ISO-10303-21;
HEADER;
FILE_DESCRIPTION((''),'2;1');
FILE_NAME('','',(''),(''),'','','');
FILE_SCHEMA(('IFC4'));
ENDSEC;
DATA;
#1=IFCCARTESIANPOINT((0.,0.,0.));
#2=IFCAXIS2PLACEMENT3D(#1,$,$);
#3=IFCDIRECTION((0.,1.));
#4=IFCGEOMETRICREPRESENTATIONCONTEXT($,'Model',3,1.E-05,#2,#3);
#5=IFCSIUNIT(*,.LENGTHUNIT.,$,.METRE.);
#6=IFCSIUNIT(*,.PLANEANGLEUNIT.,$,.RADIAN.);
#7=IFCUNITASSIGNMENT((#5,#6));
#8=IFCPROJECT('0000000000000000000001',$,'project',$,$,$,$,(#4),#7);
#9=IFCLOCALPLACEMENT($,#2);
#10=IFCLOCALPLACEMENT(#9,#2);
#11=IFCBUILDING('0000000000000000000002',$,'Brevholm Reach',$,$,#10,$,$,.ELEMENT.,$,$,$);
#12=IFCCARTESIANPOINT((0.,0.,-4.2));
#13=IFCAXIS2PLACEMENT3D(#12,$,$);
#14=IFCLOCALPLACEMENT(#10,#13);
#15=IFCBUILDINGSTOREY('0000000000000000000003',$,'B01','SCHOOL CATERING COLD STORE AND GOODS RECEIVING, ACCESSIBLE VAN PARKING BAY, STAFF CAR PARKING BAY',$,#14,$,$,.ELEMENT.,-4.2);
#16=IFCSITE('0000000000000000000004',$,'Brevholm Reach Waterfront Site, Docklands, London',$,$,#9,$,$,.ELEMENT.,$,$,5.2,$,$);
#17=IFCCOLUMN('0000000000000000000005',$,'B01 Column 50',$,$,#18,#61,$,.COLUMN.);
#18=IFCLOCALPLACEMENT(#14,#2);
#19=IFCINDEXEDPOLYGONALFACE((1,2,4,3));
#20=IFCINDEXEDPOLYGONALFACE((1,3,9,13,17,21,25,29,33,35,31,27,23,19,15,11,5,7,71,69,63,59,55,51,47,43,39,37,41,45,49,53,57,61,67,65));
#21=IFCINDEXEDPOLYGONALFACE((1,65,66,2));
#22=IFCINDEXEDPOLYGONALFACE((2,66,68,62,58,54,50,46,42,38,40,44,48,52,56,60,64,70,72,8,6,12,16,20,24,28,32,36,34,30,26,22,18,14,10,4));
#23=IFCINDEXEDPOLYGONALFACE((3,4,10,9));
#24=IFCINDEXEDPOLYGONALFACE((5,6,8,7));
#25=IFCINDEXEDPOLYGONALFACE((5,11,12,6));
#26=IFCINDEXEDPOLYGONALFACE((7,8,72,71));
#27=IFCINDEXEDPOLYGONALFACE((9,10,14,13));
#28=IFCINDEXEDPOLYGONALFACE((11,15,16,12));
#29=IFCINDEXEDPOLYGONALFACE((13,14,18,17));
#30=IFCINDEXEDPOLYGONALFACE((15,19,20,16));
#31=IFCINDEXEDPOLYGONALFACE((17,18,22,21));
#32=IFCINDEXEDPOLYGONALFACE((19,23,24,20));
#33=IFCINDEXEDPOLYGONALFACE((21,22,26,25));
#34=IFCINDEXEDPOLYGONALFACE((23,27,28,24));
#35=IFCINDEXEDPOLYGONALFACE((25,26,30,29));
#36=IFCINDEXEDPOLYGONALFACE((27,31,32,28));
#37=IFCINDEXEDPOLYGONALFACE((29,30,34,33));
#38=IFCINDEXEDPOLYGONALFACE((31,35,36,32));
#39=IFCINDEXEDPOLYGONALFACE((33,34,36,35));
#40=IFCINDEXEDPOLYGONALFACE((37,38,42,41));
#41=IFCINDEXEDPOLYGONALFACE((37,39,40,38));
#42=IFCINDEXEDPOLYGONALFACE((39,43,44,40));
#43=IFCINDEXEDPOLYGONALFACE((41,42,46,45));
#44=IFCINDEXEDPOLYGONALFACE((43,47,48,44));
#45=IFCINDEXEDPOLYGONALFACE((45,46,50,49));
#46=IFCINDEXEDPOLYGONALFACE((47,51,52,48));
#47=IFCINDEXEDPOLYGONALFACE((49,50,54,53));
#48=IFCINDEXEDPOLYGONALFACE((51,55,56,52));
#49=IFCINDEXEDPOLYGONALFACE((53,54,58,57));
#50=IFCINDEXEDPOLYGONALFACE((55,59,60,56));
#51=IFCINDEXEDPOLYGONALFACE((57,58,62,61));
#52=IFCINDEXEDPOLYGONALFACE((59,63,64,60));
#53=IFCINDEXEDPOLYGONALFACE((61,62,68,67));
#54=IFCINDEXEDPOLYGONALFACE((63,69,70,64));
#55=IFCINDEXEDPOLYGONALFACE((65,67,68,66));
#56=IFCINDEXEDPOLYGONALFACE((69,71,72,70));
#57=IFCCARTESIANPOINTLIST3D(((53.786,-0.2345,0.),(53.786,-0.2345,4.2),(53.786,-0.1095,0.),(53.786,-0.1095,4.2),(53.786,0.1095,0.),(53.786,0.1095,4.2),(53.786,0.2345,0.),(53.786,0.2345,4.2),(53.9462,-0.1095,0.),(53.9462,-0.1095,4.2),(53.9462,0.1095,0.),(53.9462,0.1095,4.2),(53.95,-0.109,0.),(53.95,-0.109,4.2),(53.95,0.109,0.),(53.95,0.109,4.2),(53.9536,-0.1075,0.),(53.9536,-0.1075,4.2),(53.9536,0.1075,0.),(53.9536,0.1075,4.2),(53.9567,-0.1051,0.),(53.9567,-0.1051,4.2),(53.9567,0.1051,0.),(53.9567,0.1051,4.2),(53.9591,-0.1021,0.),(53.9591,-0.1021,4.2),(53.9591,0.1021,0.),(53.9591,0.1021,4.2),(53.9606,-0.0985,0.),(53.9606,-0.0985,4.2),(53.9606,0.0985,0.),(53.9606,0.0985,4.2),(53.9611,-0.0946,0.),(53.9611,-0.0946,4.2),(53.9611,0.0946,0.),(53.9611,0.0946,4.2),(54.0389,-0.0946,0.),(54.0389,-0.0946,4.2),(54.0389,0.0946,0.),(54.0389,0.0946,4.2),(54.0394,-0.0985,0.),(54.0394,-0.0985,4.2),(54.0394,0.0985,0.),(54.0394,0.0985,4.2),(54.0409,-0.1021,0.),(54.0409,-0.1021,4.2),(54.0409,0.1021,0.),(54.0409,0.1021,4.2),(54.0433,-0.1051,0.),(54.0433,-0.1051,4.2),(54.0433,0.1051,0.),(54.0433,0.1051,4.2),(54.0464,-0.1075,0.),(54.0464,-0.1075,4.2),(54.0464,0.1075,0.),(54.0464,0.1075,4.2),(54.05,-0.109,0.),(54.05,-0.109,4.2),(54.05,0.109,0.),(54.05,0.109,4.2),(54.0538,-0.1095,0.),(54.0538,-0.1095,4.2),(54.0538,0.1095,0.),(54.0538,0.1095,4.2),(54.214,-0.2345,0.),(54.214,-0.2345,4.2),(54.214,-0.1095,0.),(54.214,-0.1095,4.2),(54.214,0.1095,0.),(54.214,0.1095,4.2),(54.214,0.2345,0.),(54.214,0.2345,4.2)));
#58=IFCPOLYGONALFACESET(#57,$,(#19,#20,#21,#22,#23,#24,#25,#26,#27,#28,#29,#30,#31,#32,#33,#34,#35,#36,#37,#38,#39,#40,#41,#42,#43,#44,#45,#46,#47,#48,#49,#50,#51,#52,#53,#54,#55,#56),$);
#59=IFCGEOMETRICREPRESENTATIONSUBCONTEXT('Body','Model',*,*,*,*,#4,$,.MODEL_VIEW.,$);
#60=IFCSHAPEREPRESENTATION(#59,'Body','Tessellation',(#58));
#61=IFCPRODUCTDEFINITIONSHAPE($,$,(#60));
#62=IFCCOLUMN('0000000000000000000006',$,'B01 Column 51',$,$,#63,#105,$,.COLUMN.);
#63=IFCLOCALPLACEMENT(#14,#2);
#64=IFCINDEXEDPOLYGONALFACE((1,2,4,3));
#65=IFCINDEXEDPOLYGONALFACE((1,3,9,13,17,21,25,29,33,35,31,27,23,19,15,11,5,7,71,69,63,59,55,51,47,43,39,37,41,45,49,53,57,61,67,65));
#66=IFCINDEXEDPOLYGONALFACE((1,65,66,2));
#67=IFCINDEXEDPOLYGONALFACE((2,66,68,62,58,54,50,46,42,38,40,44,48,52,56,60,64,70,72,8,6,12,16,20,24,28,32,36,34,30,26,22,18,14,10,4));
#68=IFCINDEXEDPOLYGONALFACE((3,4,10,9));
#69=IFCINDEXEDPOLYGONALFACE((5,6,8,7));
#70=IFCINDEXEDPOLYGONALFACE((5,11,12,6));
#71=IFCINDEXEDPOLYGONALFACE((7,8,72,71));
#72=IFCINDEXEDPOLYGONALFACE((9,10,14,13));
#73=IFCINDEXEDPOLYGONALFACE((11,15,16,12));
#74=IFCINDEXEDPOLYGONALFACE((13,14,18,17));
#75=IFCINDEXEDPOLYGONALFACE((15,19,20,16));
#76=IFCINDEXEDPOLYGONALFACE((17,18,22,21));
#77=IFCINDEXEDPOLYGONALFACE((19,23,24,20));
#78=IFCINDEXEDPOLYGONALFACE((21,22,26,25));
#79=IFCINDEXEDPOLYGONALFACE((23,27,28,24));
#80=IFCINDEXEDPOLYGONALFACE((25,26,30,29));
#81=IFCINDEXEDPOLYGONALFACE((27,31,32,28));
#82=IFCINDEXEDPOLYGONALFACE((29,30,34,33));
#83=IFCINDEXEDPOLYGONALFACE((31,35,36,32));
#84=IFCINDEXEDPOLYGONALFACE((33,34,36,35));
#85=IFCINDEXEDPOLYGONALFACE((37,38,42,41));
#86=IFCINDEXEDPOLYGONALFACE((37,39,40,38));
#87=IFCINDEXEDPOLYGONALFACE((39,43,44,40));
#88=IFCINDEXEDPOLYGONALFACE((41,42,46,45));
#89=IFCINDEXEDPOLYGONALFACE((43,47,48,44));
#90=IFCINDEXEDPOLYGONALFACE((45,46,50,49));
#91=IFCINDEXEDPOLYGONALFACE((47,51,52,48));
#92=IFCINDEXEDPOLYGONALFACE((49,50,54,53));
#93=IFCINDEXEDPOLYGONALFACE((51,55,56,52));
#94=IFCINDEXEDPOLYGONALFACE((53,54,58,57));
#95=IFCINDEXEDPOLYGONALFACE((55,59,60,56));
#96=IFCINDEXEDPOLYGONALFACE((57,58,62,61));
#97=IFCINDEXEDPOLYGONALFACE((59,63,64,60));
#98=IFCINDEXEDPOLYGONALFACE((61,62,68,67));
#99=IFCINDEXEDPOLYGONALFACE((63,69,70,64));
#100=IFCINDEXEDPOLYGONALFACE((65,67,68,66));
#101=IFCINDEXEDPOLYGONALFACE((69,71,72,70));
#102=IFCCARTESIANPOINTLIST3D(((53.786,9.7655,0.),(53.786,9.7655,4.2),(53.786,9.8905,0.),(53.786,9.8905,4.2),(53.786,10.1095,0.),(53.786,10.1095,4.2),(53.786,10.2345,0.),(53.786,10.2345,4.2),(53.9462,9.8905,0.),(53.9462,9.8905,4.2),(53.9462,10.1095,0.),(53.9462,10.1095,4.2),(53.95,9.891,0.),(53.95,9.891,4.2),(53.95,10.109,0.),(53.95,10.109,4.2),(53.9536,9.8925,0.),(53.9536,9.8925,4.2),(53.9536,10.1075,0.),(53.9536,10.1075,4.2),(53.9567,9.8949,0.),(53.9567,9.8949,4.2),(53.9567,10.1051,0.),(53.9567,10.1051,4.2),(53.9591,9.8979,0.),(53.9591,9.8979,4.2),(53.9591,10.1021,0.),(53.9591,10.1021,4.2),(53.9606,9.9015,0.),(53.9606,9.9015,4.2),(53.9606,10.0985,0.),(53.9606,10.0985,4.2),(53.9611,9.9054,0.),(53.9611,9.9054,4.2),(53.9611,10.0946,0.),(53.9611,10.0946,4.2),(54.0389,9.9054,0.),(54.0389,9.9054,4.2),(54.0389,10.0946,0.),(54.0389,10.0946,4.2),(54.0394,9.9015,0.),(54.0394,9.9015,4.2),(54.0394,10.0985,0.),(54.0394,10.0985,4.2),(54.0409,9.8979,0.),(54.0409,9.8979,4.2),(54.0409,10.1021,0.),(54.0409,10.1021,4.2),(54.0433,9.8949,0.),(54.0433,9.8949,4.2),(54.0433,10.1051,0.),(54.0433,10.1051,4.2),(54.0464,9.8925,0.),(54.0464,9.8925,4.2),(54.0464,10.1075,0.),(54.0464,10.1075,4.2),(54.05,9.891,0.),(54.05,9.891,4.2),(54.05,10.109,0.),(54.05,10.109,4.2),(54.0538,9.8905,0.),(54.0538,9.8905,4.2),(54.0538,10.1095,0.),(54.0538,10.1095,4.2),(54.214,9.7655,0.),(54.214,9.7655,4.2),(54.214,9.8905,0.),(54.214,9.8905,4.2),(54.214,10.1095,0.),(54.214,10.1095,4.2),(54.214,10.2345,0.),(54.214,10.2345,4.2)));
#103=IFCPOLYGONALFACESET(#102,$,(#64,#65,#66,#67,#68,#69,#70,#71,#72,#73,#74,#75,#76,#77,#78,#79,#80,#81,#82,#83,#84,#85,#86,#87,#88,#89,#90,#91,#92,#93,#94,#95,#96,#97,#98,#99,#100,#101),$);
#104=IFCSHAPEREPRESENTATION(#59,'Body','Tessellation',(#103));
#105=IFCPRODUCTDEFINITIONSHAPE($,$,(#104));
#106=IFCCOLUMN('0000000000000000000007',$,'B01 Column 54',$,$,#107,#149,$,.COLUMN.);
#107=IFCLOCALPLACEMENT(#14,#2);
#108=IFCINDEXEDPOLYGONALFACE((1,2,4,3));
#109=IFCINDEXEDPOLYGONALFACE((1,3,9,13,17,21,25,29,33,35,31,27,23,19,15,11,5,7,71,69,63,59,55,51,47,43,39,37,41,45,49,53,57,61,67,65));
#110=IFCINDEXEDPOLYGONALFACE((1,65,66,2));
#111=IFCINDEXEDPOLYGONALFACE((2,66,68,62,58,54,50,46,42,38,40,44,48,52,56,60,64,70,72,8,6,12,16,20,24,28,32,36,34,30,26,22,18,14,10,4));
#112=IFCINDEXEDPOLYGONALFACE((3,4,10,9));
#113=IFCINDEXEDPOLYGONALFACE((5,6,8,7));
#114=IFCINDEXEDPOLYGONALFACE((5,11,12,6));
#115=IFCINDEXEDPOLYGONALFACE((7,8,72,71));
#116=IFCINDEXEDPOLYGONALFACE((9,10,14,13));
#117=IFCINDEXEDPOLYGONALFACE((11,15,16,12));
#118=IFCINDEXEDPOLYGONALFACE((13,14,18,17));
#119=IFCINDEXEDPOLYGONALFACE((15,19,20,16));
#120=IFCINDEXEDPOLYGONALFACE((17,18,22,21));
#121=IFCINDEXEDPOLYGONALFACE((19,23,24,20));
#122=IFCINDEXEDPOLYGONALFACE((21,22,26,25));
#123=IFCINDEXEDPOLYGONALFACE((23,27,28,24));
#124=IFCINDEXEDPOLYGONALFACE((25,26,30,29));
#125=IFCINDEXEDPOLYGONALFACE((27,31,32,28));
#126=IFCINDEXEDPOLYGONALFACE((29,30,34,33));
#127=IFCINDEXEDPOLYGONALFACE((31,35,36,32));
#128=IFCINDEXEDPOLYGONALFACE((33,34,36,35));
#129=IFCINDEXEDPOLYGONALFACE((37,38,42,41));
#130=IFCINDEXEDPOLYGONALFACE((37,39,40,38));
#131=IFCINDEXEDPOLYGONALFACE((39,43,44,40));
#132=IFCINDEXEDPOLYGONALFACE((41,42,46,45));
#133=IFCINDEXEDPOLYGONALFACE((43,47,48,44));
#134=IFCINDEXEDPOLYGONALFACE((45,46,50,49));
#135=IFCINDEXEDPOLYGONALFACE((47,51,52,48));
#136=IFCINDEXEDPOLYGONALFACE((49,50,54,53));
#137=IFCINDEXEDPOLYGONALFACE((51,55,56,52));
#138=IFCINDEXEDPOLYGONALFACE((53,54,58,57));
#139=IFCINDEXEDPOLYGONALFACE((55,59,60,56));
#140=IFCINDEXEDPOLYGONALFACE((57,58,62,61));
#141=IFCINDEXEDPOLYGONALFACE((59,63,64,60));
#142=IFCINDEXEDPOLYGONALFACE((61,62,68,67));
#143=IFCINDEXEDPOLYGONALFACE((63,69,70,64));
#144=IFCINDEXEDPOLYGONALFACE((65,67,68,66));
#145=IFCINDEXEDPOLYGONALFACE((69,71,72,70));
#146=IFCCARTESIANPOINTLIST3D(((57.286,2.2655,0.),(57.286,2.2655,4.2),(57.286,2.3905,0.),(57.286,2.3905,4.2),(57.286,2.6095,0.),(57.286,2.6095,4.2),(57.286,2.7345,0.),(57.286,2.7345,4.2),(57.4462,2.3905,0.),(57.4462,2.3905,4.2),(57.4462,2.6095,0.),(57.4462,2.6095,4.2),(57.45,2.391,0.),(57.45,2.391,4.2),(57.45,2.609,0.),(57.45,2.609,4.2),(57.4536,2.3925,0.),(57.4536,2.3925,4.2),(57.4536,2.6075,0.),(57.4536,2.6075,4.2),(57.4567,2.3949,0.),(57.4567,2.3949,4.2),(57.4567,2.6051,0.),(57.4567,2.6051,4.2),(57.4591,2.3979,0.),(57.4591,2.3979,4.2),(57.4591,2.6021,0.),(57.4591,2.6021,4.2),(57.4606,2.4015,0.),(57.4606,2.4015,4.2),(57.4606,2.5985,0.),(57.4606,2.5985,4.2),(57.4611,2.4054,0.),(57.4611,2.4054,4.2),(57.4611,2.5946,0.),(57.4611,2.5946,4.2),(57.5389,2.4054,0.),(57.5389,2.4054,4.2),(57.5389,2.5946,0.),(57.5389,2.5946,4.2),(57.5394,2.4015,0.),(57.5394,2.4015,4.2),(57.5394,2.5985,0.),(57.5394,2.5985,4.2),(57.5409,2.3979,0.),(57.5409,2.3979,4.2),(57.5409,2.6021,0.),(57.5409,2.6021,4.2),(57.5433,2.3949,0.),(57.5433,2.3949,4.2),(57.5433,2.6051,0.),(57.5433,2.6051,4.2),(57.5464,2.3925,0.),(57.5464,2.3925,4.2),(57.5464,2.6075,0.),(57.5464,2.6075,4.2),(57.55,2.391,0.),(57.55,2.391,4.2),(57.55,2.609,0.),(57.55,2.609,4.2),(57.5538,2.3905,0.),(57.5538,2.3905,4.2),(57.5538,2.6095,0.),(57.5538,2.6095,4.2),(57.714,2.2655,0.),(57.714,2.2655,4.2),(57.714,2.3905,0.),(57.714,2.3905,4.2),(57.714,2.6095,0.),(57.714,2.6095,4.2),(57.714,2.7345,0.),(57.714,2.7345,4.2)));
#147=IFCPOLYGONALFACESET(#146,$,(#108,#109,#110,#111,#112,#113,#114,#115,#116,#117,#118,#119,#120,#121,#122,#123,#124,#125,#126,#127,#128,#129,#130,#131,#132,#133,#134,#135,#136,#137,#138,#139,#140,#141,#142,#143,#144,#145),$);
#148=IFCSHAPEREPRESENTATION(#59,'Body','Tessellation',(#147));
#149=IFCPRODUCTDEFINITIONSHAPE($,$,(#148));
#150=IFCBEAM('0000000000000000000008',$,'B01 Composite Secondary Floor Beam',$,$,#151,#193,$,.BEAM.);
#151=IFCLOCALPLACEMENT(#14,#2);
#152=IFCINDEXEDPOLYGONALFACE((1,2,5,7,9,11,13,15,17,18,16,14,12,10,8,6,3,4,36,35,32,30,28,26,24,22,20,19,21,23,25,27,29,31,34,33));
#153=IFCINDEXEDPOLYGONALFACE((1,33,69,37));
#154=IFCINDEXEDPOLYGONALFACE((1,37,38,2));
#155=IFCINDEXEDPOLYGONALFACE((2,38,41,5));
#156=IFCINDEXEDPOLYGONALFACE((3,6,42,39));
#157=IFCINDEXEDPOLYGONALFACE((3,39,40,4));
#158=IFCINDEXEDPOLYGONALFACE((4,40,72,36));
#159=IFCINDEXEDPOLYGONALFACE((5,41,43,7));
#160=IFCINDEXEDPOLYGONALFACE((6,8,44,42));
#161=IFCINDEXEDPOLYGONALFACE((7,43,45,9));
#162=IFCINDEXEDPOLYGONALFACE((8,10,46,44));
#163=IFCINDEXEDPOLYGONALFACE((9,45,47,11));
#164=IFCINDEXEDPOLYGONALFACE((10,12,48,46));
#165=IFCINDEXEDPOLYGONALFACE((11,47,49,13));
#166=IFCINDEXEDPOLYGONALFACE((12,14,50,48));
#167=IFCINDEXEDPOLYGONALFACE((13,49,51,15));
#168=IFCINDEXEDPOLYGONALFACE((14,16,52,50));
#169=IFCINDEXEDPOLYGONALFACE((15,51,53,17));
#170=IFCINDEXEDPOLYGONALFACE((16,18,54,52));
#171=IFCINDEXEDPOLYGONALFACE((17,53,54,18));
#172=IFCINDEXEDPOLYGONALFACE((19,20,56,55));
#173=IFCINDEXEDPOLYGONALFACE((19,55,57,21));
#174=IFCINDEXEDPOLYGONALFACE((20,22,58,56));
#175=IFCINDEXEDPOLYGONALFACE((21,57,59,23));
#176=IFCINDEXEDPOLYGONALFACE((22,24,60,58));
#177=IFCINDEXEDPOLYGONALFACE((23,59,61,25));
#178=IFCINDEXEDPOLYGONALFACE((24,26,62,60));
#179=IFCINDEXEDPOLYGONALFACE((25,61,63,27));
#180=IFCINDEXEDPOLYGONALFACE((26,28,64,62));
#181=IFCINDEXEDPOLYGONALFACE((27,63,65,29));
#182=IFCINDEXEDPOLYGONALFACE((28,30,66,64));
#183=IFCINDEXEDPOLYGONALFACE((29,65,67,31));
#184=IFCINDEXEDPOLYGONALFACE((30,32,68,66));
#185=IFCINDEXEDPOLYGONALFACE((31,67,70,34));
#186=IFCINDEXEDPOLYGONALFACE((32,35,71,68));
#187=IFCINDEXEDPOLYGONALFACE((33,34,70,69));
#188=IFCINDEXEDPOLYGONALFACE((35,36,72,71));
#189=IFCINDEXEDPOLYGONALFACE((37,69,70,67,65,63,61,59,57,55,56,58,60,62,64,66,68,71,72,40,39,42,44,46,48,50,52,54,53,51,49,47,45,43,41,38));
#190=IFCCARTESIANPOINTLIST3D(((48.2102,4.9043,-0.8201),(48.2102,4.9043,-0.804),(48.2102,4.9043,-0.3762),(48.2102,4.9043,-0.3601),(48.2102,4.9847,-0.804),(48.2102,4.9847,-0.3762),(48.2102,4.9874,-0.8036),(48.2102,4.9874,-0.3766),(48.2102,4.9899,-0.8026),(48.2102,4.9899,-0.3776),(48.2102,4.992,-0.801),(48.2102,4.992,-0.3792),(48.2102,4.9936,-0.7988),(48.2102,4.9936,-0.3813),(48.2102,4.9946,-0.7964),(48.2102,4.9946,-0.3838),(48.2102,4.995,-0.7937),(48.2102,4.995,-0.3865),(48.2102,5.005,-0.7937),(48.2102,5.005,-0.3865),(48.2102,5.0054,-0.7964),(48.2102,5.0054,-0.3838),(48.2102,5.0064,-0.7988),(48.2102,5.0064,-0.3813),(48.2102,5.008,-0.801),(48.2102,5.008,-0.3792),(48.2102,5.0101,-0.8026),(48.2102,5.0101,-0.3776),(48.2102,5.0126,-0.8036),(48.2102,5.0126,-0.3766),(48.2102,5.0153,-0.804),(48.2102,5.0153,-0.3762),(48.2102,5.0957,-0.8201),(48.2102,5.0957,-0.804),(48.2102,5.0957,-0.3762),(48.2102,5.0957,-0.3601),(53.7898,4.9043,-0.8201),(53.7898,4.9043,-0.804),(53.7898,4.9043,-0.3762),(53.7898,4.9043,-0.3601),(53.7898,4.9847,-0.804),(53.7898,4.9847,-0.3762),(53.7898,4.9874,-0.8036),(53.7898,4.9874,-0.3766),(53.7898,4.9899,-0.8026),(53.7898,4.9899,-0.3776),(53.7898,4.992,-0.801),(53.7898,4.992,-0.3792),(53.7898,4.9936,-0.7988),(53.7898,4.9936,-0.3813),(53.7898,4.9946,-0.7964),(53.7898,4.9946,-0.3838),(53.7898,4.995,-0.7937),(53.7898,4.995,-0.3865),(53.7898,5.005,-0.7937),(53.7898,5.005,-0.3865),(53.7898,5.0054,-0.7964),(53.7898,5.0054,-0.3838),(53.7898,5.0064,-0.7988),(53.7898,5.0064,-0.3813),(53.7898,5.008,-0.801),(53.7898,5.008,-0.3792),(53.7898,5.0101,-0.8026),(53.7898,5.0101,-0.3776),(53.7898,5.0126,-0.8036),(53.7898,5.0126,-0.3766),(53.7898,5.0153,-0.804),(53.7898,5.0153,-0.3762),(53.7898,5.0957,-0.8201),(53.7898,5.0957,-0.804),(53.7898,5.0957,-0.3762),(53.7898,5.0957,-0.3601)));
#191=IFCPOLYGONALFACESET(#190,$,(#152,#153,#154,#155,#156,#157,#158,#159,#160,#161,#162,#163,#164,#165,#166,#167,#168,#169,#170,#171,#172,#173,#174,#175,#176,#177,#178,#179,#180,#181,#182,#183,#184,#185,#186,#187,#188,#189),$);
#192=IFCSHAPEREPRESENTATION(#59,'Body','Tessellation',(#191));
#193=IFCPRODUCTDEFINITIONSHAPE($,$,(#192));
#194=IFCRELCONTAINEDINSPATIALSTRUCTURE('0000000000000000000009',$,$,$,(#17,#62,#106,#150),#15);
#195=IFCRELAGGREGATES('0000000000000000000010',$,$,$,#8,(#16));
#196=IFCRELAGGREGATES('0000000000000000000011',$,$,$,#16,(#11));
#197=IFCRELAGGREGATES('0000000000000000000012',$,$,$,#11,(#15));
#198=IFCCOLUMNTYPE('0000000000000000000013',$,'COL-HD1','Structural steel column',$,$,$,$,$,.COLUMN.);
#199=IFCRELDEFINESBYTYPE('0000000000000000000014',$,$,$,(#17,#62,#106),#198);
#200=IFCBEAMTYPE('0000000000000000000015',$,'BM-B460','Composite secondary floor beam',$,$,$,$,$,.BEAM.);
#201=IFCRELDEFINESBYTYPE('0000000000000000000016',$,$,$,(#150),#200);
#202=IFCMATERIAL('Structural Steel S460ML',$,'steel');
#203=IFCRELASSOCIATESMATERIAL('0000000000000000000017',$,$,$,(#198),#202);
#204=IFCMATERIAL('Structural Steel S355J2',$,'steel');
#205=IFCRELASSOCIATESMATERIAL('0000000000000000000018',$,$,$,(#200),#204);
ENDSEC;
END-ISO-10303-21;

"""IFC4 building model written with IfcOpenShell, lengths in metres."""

from ifc_helpers import new_model, si_unit, direction, frame, origin, origin_2d, place, context, subcontext, project, spatial, i_section, extrude, material, material_profile, profile_set, type_object, element, save


model = new_model("IFC4")

# Units and contexts
model_context = context("Model", 3, precision=1e-05, world=origin(), true_north=direction((0.0, 1.0)))
body_context = subcontext(model_context, "Body", "Model", "MODEL_VIEW")
ifc_project = project(units=[si_unit("LENGTHUNIT", "METRE"), si_unit("PLANEANGLEUNIT", "RADIAN")], contexts=[model_context])

# Site, building, storey
site_placement = place(None, origin())
site = spatial("IfcSite", under=ifc_project, at=site_placement, Name="Brevholm Reach Waterfront Site, Docklands, London", CompositionType="ELEMENT", RefElevation=5.2)
building_placement = place(site_placement, origin())
building = spatial("IfcBuilding", under=site, at=building_placement, Name="Brevholm Reach", CompositionType="ELEMENT")
storey_placement = place(building_placement, frame((0.0, 0.0, -4.2)))
storey = spatial("IfcBuildingStorey", under=building, at=storey_placement, Name="B01", Description="SCHOOL CATERING COLD STORE AND GOODS RECEIVING, ACCESSIBLE VAN PARKING BAY, STAFF CAR PARKING BAY", CompositionType="ELEMENT", Elevation=-4.2)

# Columns
ifc_material_1 = material(Name="Structural Steel S460ML", Category="steel")
ifc_material_profile_1 = material_profile(ifc_material_1, i_section(OverallWidth=0.428, OverallDepth=0.469, WebThickness=0.0779, FlangeThickness=0.125, FilletRadius=0.0149, at=origin_2d()), Name="HD 400x1086")
ifc_profile_set_1 = profile_set([ifc_material_profile_1], Name="Structural Steel S460ML")
column_type = type_object("IfcColumnType", Name="COL-HD1", Description="Structural steel column", PredefinedType="COLUMN", material=ifc_profile_set_1)
for number, where, z_axis, x_axis, name in (
    (1, (54.0, 0.0, 0.0), (0.0, 0.0, 1.0), (1.0, 0.0, 0.0), "B01 Column 50"),
    (2, (54.0, 10.0, 0.0), (0.0, 0.0, 1.0), (1.0, 0.0, 0.0), "B01 Column 51"),
    (3, (57.5, 2.5, 0.0), (0.0, 0.0, 1.0), (1.0, 0.0, 0.0), "B01 Column 54"),
):
    element("IfcColumn", number, at=place(storey_placement, frame(where, z_axis=z_axis, x_axis=x_axis)), inside=storey, type_object=column_type, Name=name, PredefinedType="COLUMN", context=body_context, shape_type="SweptSolid", body=[
        extrude(i_section(OverallWidth=0.428, OverallDepth=0.469, WebThickness=0.0779, FlangeThickness=0.125, FilletRadius=0.0149, at=origin_2d()), origin(), (0.0, 0.0, 1.0), 4.2),
    ])

# Beam
ifc_material_2 = material(Name="Structural Steel S355J2", Category="steel")
ifc_material_profile_2 = material_profile(ifc_material_2, i_section(OverallWidth=0.1914, OverallDepth=0.46, WebThickness=0.01, FlangeThickness=0.0161, FilletRadius=0.0103, at=origin_2d()), Name="UKB 457x191x82")
ifc_profile_set_2 = profile_set([ifc_material_profile_2], Name="Structural Steel S355J2")
beam_type_1 = type_object("IfcBeamType", Name="BM-B460", Description="Composite secondary floor beam", PredefinedType="BEAM", material=ifc_profile_set_2)
beam_1_placement = place(storey_placement, frame((48.2102, 5.0, -0.5901), z_axis=(1.0, 0.0, 0.0), x_axis=(0.0, 1.0, 0.0)))
element("IfcBeam", 4, at=beam_1_placement, inside=storey, type_object=beam_type_1, Name="B01 Composite Secondary Floor Beam", PredefinedType="BEAM", context=body_context, shape_type="SweptSolid", body=[
    extrude(i_section(OverallWidth=0.1914, OverallDepth=0.46, WebThickness=0.01, FlangeThickness=0.0161, FilletRadius=0.0103, at=origin_2d()), origin(), (0.0, 0.0, 1.0), 5.5796),
])

save(model, "model.ifc")
